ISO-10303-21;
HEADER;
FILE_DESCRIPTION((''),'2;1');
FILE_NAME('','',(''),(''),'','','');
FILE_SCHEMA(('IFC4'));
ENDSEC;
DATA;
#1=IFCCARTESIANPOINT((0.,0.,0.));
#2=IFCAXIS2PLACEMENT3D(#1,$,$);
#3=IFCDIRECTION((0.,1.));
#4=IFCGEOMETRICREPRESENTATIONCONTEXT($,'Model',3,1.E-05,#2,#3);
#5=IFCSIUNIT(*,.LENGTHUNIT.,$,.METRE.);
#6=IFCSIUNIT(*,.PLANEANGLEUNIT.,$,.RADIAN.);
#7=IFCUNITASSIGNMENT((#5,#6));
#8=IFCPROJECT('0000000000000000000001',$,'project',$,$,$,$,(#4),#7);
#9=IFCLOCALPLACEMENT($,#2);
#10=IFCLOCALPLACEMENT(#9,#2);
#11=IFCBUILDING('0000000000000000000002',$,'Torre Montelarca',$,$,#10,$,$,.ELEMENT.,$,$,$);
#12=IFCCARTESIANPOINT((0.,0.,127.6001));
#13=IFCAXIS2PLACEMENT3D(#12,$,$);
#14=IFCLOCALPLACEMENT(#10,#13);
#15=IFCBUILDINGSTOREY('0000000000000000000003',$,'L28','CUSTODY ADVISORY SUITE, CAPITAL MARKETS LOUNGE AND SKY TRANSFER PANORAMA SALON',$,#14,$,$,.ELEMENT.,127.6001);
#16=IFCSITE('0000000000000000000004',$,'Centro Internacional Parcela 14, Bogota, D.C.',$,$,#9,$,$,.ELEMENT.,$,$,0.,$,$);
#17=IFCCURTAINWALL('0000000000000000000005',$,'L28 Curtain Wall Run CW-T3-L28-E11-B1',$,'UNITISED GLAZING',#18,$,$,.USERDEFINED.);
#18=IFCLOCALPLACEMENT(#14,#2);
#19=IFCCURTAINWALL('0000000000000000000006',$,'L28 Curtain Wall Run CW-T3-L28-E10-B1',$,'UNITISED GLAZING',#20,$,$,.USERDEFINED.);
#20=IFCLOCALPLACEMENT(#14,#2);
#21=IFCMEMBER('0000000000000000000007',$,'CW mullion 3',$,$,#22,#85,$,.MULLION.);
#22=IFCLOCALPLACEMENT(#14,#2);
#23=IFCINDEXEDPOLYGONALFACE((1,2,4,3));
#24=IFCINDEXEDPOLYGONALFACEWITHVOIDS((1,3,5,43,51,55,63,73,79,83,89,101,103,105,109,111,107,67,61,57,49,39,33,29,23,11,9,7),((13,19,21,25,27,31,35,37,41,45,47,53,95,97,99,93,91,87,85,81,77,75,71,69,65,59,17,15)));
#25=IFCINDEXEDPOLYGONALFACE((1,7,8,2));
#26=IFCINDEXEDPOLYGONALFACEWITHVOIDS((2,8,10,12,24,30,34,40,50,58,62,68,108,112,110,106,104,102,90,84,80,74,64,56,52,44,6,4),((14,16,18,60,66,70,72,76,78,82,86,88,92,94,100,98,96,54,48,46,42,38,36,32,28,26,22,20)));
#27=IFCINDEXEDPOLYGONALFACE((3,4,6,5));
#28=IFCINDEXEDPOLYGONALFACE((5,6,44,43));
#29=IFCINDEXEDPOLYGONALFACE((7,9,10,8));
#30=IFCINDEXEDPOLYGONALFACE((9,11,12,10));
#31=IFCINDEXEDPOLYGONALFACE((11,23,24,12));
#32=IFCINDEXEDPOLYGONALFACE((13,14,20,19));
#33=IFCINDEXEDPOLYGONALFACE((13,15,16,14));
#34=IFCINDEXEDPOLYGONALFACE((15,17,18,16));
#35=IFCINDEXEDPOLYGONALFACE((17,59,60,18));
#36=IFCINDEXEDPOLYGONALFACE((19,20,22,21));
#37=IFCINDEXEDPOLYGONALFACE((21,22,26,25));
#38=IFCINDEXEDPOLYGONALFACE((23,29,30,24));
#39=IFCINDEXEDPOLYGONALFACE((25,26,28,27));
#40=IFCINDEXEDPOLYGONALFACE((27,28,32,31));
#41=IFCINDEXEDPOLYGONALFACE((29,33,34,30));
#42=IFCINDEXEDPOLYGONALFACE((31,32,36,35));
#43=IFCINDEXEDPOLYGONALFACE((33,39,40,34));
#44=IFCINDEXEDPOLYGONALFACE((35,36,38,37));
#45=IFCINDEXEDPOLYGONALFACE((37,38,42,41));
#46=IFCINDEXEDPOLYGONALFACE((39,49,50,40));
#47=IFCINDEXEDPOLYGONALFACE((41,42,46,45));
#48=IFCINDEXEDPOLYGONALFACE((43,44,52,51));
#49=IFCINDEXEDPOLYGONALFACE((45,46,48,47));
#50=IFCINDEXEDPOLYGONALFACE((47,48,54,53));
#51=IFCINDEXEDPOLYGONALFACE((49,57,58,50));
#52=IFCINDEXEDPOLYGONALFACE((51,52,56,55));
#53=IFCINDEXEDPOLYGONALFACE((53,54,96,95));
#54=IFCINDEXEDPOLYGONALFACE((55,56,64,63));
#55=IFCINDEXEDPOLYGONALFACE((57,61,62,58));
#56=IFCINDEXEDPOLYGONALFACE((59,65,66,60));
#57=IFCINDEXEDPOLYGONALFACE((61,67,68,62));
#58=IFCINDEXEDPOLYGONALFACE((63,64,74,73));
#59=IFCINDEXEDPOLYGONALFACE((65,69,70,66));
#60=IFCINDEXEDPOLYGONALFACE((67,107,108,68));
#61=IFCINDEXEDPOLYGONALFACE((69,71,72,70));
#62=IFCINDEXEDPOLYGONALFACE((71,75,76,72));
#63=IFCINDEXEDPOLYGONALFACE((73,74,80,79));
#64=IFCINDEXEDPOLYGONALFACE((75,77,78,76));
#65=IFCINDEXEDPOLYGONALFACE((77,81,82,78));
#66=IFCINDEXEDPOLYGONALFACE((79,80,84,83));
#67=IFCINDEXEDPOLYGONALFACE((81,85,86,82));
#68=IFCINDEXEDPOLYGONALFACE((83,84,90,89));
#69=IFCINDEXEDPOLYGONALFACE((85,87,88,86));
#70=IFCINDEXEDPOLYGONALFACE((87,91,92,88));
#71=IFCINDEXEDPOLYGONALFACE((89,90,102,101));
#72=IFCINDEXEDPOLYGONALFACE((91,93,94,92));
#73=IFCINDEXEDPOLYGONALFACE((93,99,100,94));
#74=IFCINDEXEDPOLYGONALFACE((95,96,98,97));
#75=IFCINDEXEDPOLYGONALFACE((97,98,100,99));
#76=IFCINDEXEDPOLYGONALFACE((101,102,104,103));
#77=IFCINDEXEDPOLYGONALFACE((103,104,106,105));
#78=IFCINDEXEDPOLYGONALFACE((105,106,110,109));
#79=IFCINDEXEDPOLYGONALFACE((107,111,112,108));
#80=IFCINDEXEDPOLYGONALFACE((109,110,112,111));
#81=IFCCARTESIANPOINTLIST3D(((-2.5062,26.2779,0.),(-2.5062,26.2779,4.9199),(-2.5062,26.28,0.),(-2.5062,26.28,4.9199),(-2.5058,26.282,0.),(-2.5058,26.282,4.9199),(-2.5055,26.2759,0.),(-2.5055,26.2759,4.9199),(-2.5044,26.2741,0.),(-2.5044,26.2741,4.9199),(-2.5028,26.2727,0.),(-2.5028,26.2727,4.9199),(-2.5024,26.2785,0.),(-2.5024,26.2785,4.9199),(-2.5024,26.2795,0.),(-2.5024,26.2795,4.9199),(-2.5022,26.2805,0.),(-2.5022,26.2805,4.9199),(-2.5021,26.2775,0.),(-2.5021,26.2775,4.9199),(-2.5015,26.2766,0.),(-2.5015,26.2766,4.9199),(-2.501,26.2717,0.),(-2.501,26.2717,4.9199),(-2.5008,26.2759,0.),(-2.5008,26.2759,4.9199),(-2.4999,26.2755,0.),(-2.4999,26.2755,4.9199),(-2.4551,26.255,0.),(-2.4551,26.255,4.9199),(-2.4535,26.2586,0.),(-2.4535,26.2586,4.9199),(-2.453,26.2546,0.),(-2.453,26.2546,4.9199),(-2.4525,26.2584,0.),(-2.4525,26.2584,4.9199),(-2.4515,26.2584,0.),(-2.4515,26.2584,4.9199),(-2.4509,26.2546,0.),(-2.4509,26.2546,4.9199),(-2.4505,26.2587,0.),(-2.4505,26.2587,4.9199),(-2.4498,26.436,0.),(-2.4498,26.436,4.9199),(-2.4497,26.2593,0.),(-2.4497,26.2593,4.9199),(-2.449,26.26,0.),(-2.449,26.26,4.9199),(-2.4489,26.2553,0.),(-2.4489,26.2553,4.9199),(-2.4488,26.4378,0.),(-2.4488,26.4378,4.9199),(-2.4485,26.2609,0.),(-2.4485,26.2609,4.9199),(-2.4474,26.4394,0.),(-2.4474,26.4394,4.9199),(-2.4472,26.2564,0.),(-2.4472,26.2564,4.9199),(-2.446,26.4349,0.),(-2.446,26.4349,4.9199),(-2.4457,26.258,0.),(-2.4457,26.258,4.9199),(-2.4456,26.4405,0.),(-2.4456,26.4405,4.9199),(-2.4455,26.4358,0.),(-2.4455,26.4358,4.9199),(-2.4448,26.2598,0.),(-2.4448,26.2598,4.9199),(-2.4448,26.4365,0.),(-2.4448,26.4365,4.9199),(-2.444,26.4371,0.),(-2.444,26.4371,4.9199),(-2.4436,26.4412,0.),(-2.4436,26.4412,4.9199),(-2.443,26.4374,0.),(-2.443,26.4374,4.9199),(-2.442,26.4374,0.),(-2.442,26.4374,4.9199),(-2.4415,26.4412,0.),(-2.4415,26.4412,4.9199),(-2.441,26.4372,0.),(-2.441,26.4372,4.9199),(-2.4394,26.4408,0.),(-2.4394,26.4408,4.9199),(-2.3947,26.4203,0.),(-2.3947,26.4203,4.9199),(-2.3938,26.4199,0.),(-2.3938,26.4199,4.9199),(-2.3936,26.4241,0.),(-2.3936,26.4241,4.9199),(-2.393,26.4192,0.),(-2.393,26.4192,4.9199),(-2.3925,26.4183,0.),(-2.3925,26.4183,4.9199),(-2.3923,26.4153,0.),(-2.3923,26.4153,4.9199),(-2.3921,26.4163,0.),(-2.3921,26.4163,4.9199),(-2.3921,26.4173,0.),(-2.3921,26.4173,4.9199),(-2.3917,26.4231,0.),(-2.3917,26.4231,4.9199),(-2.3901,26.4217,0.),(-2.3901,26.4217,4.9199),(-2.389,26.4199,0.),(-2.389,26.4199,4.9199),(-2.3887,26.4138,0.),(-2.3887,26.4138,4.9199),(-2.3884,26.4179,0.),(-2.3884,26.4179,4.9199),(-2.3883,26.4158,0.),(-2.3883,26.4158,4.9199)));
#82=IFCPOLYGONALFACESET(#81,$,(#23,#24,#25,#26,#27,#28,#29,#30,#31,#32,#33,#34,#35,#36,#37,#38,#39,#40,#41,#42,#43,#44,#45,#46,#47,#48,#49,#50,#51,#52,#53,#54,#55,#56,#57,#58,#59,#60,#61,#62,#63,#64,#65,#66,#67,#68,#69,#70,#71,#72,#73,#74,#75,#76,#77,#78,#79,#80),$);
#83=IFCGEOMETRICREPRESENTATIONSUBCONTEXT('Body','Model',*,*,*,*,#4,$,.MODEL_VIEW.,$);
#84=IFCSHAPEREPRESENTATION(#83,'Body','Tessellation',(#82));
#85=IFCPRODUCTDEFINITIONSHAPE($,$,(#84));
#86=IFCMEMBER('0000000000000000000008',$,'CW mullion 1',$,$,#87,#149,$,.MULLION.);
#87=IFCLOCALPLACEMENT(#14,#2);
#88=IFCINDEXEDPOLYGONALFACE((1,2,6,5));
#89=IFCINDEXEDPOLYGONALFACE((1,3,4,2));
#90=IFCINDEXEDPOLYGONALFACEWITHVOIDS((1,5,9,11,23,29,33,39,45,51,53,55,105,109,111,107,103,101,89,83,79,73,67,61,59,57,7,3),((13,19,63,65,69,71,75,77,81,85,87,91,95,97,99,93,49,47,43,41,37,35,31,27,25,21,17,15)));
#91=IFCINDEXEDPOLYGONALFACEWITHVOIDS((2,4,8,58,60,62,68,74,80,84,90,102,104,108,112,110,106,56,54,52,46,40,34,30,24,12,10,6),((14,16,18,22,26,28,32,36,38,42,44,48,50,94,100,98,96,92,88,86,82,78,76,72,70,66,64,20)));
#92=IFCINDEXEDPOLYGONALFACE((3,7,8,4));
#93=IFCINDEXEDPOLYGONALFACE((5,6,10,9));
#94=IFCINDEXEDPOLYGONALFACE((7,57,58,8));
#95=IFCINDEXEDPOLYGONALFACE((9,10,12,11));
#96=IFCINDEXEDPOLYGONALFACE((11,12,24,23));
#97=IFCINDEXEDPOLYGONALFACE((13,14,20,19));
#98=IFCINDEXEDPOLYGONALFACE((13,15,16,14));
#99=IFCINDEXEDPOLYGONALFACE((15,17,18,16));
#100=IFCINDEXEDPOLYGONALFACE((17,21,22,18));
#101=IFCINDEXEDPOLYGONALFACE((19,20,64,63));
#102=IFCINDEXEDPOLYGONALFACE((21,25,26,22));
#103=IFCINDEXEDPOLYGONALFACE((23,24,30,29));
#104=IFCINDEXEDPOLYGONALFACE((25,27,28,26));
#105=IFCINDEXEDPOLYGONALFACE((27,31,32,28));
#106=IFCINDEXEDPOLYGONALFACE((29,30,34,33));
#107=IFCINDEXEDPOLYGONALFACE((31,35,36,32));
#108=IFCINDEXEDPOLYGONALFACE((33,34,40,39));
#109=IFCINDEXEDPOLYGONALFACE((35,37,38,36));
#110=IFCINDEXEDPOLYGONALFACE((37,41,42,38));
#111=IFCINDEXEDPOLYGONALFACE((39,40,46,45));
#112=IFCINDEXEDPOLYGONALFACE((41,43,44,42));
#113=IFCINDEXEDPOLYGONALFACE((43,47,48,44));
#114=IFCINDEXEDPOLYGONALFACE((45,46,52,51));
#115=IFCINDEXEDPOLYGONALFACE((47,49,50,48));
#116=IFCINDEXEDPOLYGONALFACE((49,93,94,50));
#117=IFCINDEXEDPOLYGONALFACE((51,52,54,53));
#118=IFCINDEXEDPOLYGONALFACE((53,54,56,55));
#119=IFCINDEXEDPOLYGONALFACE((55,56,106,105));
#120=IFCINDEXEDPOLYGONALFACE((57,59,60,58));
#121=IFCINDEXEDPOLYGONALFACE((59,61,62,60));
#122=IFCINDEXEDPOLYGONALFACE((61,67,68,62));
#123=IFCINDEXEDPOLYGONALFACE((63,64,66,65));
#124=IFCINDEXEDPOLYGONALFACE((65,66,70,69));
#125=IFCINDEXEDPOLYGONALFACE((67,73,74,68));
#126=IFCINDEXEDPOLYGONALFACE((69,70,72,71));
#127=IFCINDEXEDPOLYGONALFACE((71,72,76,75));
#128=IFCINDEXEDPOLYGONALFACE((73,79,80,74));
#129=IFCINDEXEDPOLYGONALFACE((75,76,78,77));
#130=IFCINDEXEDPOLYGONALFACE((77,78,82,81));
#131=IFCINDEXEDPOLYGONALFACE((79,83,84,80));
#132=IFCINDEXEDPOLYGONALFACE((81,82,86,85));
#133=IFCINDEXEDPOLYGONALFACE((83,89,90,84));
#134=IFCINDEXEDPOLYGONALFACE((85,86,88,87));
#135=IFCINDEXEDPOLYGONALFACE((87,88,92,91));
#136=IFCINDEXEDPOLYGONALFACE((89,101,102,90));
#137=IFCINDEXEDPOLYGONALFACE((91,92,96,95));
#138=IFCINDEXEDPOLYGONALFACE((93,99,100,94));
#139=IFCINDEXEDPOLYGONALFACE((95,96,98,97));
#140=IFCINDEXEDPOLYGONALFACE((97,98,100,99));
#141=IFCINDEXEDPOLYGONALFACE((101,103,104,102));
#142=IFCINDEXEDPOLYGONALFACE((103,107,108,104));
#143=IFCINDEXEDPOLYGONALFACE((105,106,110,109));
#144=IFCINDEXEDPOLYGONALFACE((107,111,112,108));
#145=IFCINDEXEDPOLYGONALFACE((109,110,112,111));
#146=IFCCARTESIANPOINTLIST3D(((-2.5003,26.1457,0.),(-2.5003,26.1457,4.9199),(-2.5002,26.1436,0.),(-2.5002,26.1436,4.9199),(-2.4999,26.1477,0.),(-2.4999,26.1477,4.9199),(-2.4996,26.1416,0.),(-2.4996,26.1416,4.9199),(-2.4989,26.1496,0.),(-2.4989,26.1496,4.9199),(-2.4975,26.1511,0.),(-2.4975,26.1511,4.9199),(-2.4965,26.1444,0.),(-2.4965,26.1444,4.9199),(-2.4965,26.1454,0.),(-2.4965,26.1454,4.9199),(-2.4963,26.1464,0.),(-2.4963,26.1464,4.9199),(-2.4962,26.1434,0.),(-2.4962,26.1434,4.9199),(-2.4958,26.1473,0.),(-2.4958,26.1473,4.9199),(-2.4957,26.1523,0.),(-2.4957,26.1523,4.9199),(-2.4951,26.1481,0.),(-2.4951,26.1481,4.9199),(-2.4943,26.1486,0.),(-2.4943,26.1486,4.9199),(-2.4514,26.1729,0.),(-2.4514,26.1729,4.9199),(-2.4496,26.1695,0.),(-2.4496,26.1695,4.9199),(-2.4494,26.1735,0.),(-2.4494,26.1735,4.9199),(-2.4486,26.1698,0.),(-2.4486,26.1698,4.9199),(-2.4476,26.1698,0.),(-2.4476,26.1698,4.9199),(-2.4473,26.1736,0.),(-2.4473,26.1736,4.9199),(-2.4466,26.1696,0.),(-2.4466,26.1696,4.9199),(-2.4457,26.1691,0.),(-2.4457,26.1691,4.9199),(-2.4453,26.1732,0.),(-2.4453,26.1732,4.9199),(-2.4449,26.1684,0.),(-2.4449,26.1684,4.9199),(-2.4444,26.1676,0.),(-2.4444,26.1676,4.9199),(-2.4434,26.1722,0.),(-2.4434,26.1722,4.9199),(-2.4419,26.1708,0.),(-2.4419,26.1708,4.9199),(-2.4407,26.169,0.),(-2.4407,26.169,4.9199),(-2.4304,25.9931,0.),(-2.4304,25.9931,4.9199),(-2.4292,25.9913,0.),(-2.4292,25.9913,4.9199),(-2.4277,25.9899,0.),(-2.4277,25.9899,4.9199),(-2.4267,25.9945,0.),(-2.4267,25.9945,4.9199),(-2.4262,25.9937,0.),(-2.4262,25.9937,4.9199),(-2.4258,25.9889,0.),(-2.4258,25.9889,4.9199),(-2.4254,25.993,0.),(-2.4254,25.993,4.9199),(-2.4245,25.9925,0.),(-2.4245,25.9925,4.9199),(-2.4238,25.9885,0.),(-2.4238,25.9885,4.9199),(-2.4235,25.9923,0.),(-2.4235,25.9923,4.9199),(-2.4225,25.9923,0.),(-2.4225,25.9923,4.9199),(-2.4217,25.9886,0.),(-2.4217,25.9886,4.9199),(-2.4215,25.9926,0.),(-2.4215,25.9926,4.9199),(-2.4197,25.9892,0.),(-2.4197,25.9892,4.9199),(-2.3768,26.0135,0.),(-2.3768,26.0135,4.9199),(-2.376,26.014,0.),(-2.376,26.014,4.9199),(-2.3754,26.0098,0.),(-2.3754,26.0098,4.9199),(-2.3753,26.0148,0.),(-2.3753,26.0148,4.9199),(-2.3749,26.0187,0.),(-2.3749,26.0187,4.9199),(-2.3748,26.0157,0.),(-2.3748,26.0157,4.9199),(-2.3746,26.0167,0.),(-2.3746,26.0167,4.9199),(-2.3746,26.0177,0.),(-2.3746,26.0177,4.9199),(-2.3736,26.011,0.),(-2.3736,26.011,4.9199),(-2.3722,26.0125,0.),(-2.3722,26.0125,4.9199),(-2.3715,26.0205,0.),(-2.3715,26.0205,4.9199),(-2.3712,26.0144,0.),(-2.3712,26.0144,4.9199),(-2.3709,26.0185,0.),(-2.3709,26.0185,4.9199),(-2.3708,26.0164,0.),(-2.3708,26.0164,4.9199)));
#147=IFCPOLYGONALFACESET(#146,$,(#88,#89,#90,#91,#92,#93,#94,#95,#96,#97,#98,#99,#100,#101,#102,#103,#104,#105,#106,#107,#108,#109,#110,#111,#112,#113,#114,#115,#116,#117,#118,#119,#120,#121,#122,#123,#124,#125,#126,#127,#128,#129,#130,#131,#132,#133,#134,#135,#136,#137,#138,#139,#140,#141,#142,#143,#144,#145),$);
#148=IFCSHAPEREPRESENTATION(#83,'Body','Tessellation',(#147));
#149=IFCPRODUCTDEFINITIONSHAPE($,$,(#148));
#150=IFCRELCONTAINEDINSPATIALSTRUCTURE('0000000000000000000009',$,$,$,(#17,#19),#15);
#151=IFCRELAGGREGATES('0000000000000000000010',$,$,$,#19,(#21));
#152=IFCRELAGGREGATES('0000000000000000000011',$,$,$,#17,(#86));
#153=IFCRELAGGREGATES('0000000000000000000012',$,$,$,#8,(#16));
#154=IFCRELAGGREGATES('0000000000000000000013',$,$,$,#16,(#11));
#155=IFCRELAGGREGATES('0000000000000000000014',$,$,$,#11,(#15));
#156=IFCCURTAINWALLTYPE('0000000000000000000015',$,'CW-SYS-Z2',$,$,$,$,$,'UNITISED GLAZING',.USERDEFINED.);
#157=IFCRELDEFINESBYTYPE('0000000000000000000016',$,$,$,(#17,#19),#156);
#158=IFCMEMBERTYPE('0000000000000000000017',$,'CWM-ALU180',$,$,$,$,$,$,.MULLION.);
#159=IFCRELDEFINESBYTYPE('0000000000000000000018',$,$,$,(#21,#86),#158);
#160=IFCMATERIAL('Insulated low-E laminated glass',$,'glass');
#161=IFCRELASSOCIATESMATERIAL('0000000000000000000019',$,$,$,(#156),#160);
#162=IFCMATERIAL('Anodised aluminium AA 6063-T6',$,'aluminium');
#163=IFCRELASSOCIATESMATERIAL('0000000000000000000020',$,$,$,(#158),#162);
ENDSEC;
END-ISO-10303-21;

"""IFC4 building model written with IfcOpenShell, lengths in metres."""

from ifc_helpers import new_model, si_unit, direction, frame, origin, origin_2d, place, context, subcontext, project, spatial, hollow_rectangle, extrude, source, transform, mapped, material, material_profile, profile_set, type_object, element, aggregate, save


model = new_model("IFC4")

# Units and contexts
model_context = context("Model", 3, precision=1e-05, world=origin(), true_north=direction((0.0, 1.0)))
body_context = subcontext(model_context, "Body", "Model", "MODEL_VIEW")
ifc_project = project(units=[si_unit("LENGTHUNIT", "METRE"), si_unit("PLANEANGLEUNIT", "RADIAN")], contexts=[model_context])

# Site, building, storey
site_placement = place(None, origin())
site = spatial("IfcSite", under=ifc_project, at=site_placement, Name="Centro Internacional Parcela 14, Bogota, D.C.", CompositionType="ELEMENT", RefElevation=0.0)
building_placement = place(site_placement, origin())
building = spatial("IfcBuilding", under=site, at=building_placement, Name="Torre Montelarca", CompositionType="ELEMENT")
storey_placement = place(building_placement, frame((0.0, 0.0, 127.6001)))
storey = spatial("IfcBuildingStorey", under=building, at=storey_placement, Name="L28", Description="CUSTODY ADVISORY SUITE, CAPITAL MARKETS LOUNGE AND SKY TRANSFER PANORAMA SALON", CompositionType="ELEMENT", Elevation=127.6001)

# Curtain wall
ifc_material_1 = material(Name="Insulated low-E laminated glass", Category="glass")
curtain_wall_type = type_object("IfcCurtainWallType", Name="CW-SYS-Z2", ElementType="UNITISED GLAZING", PredefinedType="USERDEFINED", material=ifc_material_1)
curtain_wall_1_placement = place(storey_placement, origin())
curtain_wall_1 = element("IfcCurtainWall", 1, at=curtain_wall_1_placement, inside=storey, type_object=curtain_wall_type, Name="L28 Curtain Wall Run CW-T3-L28-E11-B1", ObjectType="UNITISED GLAZING", PredefinedType="USERDEFINED")
ifc_material_2 = material(Name="Anodised aluminium AA 6063-T6", Category="aluminium")

# Curtain wall, member
curtain_wall_2_placement = place(storey_placement, origin())
curtain_wall_2 = element("IfcCurtainWall", 2, at=curtain_wall_2_placement, inside=storey, type_object=curtain_wall_type, Name="L28 Curtain Wall Run CW-T3-L28-E10-B1", ObjectType="UNITISED GLAZING", PredefinedType="USERDEFINED")
ifc_material_profile_1 = material_profile(ifc_material_2, hollow_rectangle(XDim=0.0649, YDim=0.1799, WallThickness=0.0039, InnerFilletRadius=0.0039, OuterFilletRadius=0.0081, at=origin_2d()), Name="ALU65X180X4", Category="aluminium")
ifc_profile_set_1 = profile_set([ifc_material_profile_1], Name="Anodised aluminium AA 6063-T6")
member_type_1 = type_object("IfcMemberType", Name="CWM-ALU180", PredefinedType="MULLION", material=ifc_profile_set_1)
shared_shape_1 = source(origin(), body_context, "Body", "SweptSolid", [
    extrude(hollow_rectangle(XDim=0.0649, YDim=0.1799, WallThickness=0.0039, InnerFilletRadius=0.0039, OuterFilletRadius=0.0081, at=origin_2d()), origin(), (0.0, 0.0, 1.0), 4.9199),
])
member_1_placement = place(storey_placement, frame((-2.4473, 26.3479, 0.0), z_axis=(0.0, 0.0, 1.0), x_axis=(0.939693, -0.342019, 0.0)))
member_1 = element("IfcMember", 3, at=member_1_placement, type_object=member_type_1, Name="CW mullion 3", PredefinedType="MULLION", context=body_context, shape_type="MappedRepresentation", body=[
    mapped(shared_shape_1, transform((0.0, 0.0, 0.0), scale=1.0)),
])
aggregate(curtain_wall_2, [member_1])

# Member
member_2_placement = place(storey_placement, frame((-2.4355, 26.0811, 0.0), z_axis=(0.0, 0.0, 1.0), x_axis=(0.906317, 0.422598, 0.0)))
member_2 = element("IfcMember", 4, at=member_2_placement, type_object=member_type_1, Name="CW mullion 1", PredefinedType="MULLION", context=body_context, shape_type="MappedRepresentation", body=[
    mapped(shared_shape_1, transform((0.0, 0.0, 0.0), scale=1.0)),
])

aggregate(curtain_wall_1, [member_2])

save(model, "model.ifc")
